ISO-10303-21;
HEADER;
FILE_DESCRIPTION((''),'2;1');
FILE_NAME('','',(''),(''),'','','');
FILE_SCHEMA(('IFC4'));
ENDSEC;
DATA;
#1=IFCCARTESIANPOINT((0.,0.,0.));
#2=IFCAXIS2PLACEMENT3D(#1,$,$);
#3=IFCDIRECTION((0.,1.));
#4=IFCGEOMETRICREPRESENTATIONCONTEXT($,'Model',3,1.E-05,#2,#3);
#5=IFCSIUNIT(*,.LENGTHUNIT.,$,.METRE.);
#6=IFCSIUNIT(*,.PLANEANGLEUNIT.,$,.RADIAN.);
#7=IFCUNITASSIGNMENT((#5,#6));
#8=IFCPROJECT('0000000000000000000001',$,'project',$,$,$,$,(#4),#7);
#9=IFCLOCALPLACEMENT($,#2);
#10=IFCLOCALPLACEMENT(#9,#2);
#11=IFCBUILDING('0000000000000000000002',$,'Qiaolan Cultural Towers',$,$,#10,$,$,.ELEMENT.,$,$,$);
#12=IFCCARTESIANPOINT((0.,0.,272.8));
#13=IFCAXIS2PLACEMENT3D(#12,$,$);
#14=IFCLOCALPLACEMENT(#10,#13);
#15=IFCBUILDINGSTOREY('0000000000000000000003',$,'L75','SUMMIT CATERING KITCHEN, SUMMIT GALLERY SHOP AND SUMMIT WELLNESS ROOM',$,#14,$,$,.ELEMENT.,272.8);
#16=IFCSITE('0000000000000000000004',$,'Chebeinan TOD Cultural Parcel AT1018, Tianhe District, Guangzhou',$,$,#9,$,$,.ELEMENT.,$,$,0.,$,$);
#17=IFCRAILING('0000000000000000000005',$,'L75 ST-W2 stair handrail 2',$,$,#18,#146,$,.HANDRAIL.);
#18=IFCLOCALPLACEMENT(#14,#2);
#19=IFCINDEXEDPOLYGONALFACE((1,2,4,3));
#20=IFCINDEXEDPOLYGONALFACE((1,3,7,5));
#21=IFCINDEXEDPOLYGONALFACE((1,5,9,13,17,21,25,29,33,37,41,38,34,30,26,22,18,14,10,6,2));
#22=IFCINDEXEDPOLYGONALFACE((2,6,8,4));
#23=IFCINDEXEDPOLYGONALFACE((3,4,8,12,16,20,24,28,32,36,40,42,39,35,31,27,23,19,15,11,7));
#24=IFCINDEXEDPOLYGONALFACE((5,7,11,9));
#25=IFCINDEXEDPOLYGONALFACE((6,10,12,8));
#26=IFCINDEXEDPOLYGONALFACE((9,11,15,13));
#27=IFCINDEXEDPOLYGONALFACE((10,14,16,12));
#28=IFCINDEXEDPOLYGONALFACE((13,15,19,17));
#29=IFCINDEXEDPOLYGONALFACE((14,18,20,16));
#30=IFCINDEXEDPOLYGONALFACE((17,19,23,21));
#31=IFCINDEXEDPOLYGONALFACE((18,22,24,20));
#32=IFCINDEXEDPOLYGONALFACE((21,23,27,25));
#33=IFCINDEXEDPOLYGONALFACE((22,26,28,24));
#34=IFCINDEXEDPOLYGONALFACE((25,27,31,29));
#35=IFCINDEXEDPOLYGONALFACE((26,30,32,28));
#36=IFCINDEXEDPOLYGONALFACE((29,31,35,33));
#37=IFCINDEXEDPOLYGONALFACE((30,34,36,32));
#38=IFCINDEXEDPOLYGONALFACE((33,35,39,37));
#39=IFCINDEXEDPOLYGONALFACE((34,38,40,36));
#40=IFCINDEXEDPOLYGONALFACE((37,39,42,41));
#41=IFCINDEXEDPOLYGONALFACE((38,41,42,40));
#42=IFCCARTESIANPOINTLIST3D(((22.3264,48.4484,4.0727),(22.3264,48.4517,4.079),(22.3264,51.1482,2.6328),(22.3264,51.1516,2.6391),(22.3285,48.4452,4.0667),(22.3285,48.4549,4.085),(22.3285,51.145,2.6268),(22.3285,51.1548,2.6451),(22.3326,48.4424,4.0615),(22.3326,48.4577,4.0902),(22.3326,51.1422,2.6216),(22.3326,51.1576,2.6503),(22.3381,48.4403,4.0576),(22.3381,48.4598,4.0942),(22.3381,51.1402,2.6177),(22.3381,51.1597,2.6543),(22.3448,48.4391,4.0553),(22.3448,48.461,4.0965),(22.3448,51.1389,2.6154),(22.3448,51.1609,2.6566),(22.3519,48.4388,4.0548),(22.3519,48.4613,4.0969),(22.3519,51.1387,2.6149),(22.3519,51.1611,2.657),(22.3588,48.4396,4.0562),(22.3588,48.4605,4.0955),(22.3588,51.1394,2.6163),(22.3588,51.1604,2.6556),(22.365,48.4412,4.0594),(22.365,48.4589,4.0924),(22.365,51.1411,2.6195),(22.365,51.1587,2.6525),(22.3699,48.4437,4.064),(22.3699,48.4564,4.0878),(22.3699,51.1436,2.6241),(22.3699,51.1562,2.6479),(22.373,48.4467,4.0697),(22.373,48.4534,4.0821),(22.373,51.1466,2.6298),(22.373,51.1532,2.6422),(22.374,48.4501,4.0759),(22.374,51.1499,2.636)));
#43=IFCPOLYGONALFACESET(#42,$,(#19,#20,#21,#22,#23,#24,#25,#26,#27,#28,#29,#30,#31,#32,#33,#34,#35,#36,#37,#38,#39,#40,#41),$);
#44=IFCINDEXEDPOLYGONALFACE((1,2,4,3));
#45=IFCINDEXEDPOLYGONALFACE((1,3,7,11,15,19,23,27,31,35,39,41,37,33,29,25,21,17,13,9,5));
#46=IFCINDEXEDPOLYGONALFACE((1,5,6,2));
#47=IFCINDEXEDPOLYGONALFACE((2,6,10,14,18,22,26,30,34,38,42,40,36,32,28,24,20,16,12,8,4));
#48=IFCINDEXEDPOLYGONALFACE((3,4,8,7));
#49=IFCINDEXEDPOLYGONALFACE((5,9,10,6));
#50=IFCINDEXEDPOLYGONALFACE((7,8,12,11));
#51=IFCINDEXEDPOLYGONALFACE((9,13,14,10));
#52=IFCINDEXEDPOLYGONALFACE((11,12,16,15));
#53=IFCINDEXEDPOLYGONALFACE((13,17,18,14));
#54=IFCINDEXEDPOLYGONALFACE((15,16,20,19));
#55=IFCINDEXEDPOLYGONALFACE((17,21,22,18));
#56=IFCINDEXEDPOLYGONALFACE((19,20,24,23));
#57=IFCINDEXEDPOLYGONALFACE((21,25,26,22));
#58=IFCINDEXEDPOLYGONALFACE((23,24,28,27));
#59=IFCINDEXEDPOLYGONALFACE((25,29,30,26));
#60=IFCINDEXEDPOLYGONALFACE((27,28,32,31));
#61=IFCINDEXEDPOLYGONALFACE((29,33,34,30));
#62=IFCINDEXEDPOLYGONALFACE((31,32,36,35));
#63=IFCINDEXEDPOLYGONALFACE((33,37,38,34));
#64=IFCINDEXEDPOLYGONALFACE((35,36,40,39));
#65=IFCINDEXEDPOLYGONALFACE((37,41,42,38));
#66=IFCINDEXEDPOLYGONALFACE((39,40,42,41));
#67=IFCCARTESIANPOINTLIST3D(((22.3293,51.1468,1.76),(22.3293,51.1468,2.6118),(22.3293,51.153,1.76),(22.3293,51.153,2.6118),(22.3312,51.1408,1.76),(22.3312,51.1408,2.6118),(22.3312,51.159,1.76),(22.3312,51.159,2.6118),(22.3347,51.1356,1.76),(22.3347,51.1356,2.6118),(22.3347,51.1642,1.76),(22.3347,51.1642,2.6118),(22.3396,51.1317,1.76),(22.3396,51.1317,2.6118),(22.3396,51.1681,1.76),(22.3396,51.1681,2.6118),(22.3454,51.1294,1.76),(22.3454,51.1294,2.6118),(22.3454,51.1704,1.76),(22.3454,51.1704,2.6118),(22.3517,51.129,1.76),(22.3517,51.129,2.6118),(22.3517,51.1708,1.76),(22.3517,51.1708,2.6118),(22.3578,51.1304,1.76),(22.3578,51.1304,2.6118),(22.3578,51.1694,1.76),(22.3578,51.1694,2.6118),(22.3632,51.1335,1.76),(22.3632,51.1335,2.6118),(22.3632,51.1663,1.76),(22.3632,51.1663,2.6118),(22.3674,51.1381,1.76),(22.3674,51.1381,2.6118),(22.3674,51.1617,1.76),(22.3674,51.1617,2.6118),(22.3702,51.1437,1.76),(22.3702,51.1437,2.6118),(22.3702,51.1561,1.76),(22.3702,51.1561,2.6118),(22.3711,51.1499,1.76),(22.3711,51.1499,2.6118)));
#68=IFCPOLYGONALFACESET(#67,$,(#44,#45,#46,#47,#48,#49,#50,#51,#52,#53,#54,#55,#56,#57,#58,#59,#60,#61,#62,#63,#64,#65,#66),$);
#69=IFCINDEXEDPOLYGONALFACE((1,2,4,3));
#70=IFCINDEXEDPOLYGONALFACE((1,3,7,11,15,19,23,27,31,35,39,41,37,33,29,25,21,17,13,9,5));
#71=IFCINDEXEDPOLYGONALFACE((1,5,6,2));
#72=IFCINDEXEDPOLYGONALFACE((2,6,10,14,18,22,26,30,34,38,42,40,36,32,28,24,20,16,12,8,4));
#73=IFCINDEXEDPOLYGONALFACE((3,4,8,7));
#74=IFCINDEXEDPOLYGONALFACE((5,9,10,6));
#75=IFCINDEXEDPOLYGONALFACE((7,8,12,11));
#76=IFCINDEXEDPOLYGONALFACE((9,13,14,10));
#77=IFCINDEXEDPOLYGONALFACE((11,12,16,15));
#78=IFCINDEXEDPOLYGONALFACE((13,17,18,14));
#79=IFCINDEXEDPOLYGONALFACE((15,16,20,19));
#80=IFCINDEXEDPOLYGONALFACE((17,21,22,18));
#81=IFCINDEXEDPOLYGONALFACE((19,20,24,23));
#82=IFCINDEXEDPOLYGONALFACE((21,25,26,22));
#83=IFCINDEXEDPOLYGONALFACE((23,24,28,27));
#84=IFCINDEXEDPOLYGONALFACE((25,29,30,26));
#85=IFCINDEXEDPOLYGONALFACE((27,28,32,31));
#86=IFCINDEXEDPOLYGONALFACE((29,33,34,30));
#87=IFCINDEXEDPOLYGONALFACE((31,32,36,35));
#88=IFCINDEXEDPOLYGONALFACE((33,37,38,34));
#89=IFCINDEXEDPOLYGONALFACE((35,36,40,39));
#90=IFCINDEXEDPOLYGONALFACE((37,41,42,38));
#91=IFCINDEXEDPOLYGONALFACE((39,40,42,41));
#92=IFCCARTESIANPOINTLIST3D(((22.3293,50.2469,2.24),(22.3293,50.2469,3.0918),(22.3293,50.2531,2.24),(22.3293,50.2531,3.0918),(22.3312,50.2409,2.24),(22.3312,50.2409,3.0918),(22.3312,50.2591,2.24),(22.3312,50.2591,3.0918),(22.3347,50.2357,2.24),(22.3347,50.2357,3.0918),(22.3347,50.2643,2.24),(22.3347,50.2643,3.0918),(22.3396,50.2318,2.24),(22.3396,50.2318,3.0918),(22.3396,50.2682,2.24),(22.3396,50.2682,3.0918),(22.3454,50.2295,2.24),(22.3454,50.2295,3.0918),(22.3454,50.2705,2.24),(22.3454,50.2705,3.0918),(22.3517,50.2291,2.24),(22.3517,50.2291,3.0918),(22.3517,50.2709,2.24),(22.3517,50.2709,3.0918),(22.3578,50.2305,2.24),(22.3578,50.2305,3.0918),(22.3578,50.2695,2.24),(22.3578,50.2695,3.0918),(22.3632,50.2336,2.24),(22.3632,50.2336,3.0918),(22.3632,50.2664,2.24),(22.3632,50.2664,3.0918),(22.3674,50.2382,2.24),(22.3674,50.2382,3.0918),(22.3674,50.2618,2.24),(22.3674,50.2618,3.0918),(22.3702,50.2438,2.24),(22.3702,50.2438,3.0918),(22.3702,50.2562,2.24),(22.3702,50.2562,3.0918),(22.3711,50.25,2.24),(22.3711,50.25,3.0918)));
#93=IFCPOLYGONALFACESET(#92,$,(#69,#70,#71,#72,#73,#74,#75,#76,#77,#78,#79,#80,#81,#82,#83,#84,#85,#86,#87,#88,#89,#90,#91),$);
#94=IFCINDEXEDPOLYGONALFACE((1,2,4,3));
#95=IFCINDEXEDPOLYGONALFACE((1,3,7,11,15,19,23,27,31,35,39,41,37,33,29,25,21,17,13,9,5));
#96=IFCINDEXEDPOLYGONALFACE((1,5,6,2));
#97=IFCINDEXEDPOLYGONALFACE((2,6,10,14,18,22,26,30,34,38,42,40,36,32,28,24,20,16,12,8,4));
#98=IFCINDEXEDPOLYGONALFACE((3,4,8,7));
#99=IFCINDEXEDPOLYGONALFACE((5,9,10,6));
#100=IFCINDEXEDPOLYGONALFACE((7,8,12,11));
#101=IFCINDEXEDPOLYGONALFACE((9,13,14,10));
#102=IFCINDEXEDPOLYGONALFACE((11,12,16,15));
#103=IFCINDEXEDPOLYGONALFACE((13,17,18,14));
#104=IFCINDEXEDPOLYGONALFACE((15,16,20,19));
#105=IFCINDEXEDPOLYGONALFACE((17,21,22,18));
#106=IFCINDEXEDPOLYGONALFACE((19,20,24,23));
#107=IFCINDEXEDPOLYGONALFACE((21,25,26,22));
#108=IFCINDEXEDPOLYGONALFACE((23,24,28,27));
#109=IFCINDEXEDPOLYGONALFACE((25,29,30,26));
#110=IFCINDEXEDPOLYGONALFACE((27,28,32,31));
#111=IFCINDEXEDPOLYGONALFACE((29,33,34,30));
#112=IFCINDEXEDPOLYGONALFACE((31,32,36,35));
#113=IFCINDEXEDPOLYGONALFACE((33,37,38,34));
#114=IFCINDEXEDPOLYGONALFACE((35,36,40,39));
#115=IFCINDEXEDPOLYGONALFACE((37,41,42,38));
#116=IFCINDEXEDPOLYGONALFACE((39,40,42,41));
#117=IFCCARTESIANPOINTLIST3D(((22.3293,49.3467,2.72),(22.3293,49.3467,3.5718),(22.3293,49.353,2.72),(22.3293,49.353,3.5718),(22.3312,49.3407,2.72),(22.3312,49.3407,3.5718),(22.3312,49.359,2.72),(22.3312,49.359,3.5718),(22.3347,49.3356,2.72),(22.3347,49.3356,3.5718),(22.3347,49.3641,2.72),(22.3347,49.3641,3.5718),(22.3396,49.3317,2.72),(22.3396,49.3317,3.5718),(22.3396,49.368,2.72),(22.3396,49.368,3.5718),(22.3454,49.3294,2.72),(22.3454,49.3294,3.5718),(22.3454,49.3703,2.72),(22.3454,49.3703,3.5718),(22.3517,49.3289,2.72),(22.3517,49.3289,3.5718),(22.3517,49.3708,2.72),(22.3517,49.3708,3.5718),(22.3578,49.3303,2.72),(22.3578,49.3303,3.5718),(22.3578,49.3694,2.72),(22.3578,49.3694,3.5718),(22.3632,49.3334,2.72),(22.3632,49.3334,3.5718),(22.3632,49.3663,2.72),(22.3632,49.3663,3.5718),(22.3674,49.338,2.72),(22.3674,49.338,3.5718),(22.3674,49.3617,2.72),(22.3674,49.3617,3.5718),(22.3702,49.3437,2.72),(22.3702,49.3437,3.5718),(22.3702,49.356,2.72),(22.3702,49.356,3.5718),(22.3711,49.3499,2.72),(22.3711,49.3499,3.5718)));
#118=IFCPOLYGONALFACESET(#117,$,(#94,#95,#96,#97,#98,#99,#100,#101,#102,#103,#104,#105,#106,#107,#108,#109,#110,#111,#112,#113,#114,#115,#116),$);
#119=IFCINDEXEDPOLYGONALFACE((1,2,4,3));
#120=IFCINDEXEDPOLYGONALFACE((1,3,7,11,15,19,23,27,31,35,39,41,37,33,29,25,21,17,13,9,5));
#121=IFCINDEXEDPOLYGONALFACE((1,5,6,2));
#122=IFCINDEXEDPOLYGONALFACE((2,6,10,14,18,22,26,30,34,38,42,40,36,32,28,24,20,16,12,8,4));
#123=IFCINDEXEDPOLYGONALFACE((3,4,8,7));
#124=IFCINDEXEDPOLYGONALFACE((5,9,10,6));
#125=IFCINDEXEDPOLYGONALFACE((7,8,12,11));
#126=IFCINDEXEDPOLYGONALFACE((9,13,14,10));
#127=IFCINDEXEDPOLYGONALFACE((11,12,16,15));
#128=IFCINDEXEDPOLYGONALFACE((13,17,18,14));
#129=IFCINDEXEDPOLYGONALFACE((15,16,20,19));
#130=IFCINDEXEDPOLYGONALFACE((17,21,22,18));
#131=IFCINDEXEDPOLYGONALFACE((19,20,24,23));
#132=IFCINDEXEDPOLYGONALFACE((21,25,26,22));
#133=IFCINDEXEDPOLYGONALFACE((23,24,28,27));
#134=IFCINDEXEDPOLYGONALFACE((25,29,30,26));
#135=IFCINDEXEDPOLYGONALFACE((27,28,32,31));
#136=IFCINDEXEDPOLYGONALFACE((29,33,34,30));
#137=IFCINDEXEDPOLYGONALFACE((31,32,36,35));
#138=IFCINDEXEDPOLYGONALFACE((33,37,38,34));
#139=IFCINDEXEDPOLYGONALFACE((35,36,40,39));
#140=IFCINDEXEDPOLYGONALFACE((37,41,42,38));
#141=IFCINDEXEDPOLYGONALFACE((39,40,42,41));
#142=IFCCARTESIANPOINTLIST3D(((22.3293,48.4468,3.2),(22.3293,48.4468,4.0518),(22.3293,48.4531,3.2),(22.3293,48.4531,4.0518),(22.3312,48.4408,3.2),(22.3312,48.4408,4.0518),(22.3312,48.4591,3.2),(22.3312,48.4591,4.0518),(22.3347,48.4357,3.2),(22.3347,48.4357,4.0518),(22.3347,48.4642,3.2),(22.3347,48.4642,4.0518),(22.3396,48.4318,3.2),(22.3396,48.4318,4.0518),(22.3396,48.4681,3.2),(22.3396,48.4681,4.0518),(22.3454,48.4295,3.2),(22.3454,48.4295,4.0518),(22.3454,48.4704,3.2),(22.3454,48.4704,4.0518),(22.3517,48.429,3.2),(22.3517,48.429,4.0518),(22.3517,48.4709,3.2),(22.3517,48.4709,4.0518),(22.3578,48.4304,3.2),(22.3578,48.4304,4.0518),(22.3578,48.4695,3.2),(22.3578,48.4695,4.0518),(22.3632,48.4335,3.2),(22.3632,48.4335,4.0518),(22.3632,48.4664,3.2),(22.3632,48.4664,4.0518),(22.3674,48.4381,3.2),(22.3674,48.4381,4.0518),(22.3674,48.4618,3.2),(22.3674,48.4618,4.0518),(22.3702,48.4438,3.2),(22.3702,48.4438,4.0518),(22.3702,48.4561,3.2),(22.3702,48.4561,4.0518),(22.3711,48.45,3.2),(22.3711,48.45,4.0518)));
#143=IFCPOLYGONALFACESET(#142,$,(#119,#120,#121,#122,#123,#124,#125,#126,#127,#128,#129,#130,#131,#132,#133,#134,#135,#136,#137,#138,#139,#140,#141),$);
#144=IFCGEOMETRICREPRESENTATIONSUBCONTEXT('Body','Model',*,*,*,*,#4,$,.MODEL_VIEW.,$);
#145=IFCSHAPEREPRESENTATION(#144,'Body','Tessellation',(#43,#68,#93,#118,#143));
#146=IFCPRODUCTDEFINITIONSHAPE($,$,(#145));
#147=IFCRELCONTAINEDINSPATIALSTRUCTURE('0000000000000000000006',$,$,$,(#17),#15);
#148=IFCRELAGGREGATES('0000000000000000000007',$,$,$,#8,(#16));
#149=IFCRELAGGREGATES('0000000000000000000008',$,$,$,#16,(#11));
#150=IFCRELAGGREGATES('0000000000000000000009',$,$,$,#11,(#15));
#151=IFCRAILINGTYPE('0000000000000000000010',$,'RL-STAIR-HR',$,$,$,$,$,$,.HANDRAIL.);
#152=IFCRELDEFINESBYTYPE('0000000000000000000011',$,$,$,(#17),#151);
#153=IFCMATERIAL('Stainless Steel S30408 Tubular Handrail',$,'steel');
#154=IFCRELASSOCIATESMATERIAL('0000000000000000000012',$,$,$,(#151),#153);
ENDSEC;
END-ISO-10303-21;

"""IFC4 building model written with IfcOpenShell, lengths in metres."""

from ifc_helpers import new_model, si_unit, direction, frame, origin, origin_2d, place, context, subcontext, project, spatial, circle, extrude, material, type_object, element, save


model = new_model("IFC4")

# Units and contexts
model_context = context("Model", 3, precision=1e-05, world=origin(), true_north=direction((0.0, 1.0)))
body_context = subcontext(model_context, "Body", "Model", "MODEL_VIEW")
ifc_project = project(units=[si_unit("LENGTHUNIT", "METRE"), si_unit("PLANEANGLEUNIT", "RADIAN")], contexts=[model_context])

# Site, building, storey
site_placement = place(None, origin())
site = spatial("IfcSite", under=ifc_project, at=site_placement, Name="Chebeinan TOD Cultural Parcel AT1018, Tianhe District, Guangzhou", CompositionType="ELEMENT", RefElevation=0.0)
building_placement = place(site_placement, origin())
building = spatial("IfcBuilding", under=site, at=building_placement, Name="Qiaolan Cultural Towers", CompositionType="ELEMENT")
storey_placement = place(building_placement, frame((0.0, 0.0, 272.8)))
storey = spatial("IfcBuildingStorey", under=building, at=storey_placement, Name="L75", Description="SUMMIT CATERING KITCHEN, SUMMIT GALLERY SHOP AND SUMMIT WELLNESS ROOM", CompositionType="ELEMENT", Elevation=272.8)

# Railing
ifc_material_1 = material(Name="Stainless Steel S30408 Tubular Handrail", Category="steel")
railing_type_1 = type_object("IfcRailingType", Name="RL-STAIR-HR", PredefinedType="HANDRAIL", material=ifc_material_1)
railing_1_placement = place(storey_placement, frame((22.3501, 51.1499, 1.76)))
element("IfcRailing", 1, at=railing_1_placement, inside=storey, type_object=railing_type_1, Name="L75 ST-W2 stair handrail 2", PredefinedType="HANDRAIL", context=body_context, shape_type="SweptSolid", body=[
    extrude(circle(Radius=0.0239, at=origin_2d()), frame((0.0, 0.0, 0.876), z_axis=(0.0, -0.882357, 0.47058), x_axis=(1.0, 0.0, 0.0)), (0.0, 0.0, 1.0), 3.0598),
    extrude(circle(Radius=0.021, at=origin_2d()), origin(), (0.0, 0.0, 1.0), 0.8518),
    extrude(circle(Radius=0.021, at=origin_2d()), frame((0.0, -0.8999, 0.48)), (0.0, 0.0, 1.0), 0.8518),
    extrude(circle(Radius=0.021, at=origin_2d()), frame((0.0, -1.8, 0.96)), (0.0, 0.0, 1.0), 0.8518),
    extrude(circle(Radius=0.021, at=origin_2d()), frame((0.0, -2.7, 1.4399)), (0.0, 0.0, 1.0), 0.8518),
])

save(model, "model.ifc")
